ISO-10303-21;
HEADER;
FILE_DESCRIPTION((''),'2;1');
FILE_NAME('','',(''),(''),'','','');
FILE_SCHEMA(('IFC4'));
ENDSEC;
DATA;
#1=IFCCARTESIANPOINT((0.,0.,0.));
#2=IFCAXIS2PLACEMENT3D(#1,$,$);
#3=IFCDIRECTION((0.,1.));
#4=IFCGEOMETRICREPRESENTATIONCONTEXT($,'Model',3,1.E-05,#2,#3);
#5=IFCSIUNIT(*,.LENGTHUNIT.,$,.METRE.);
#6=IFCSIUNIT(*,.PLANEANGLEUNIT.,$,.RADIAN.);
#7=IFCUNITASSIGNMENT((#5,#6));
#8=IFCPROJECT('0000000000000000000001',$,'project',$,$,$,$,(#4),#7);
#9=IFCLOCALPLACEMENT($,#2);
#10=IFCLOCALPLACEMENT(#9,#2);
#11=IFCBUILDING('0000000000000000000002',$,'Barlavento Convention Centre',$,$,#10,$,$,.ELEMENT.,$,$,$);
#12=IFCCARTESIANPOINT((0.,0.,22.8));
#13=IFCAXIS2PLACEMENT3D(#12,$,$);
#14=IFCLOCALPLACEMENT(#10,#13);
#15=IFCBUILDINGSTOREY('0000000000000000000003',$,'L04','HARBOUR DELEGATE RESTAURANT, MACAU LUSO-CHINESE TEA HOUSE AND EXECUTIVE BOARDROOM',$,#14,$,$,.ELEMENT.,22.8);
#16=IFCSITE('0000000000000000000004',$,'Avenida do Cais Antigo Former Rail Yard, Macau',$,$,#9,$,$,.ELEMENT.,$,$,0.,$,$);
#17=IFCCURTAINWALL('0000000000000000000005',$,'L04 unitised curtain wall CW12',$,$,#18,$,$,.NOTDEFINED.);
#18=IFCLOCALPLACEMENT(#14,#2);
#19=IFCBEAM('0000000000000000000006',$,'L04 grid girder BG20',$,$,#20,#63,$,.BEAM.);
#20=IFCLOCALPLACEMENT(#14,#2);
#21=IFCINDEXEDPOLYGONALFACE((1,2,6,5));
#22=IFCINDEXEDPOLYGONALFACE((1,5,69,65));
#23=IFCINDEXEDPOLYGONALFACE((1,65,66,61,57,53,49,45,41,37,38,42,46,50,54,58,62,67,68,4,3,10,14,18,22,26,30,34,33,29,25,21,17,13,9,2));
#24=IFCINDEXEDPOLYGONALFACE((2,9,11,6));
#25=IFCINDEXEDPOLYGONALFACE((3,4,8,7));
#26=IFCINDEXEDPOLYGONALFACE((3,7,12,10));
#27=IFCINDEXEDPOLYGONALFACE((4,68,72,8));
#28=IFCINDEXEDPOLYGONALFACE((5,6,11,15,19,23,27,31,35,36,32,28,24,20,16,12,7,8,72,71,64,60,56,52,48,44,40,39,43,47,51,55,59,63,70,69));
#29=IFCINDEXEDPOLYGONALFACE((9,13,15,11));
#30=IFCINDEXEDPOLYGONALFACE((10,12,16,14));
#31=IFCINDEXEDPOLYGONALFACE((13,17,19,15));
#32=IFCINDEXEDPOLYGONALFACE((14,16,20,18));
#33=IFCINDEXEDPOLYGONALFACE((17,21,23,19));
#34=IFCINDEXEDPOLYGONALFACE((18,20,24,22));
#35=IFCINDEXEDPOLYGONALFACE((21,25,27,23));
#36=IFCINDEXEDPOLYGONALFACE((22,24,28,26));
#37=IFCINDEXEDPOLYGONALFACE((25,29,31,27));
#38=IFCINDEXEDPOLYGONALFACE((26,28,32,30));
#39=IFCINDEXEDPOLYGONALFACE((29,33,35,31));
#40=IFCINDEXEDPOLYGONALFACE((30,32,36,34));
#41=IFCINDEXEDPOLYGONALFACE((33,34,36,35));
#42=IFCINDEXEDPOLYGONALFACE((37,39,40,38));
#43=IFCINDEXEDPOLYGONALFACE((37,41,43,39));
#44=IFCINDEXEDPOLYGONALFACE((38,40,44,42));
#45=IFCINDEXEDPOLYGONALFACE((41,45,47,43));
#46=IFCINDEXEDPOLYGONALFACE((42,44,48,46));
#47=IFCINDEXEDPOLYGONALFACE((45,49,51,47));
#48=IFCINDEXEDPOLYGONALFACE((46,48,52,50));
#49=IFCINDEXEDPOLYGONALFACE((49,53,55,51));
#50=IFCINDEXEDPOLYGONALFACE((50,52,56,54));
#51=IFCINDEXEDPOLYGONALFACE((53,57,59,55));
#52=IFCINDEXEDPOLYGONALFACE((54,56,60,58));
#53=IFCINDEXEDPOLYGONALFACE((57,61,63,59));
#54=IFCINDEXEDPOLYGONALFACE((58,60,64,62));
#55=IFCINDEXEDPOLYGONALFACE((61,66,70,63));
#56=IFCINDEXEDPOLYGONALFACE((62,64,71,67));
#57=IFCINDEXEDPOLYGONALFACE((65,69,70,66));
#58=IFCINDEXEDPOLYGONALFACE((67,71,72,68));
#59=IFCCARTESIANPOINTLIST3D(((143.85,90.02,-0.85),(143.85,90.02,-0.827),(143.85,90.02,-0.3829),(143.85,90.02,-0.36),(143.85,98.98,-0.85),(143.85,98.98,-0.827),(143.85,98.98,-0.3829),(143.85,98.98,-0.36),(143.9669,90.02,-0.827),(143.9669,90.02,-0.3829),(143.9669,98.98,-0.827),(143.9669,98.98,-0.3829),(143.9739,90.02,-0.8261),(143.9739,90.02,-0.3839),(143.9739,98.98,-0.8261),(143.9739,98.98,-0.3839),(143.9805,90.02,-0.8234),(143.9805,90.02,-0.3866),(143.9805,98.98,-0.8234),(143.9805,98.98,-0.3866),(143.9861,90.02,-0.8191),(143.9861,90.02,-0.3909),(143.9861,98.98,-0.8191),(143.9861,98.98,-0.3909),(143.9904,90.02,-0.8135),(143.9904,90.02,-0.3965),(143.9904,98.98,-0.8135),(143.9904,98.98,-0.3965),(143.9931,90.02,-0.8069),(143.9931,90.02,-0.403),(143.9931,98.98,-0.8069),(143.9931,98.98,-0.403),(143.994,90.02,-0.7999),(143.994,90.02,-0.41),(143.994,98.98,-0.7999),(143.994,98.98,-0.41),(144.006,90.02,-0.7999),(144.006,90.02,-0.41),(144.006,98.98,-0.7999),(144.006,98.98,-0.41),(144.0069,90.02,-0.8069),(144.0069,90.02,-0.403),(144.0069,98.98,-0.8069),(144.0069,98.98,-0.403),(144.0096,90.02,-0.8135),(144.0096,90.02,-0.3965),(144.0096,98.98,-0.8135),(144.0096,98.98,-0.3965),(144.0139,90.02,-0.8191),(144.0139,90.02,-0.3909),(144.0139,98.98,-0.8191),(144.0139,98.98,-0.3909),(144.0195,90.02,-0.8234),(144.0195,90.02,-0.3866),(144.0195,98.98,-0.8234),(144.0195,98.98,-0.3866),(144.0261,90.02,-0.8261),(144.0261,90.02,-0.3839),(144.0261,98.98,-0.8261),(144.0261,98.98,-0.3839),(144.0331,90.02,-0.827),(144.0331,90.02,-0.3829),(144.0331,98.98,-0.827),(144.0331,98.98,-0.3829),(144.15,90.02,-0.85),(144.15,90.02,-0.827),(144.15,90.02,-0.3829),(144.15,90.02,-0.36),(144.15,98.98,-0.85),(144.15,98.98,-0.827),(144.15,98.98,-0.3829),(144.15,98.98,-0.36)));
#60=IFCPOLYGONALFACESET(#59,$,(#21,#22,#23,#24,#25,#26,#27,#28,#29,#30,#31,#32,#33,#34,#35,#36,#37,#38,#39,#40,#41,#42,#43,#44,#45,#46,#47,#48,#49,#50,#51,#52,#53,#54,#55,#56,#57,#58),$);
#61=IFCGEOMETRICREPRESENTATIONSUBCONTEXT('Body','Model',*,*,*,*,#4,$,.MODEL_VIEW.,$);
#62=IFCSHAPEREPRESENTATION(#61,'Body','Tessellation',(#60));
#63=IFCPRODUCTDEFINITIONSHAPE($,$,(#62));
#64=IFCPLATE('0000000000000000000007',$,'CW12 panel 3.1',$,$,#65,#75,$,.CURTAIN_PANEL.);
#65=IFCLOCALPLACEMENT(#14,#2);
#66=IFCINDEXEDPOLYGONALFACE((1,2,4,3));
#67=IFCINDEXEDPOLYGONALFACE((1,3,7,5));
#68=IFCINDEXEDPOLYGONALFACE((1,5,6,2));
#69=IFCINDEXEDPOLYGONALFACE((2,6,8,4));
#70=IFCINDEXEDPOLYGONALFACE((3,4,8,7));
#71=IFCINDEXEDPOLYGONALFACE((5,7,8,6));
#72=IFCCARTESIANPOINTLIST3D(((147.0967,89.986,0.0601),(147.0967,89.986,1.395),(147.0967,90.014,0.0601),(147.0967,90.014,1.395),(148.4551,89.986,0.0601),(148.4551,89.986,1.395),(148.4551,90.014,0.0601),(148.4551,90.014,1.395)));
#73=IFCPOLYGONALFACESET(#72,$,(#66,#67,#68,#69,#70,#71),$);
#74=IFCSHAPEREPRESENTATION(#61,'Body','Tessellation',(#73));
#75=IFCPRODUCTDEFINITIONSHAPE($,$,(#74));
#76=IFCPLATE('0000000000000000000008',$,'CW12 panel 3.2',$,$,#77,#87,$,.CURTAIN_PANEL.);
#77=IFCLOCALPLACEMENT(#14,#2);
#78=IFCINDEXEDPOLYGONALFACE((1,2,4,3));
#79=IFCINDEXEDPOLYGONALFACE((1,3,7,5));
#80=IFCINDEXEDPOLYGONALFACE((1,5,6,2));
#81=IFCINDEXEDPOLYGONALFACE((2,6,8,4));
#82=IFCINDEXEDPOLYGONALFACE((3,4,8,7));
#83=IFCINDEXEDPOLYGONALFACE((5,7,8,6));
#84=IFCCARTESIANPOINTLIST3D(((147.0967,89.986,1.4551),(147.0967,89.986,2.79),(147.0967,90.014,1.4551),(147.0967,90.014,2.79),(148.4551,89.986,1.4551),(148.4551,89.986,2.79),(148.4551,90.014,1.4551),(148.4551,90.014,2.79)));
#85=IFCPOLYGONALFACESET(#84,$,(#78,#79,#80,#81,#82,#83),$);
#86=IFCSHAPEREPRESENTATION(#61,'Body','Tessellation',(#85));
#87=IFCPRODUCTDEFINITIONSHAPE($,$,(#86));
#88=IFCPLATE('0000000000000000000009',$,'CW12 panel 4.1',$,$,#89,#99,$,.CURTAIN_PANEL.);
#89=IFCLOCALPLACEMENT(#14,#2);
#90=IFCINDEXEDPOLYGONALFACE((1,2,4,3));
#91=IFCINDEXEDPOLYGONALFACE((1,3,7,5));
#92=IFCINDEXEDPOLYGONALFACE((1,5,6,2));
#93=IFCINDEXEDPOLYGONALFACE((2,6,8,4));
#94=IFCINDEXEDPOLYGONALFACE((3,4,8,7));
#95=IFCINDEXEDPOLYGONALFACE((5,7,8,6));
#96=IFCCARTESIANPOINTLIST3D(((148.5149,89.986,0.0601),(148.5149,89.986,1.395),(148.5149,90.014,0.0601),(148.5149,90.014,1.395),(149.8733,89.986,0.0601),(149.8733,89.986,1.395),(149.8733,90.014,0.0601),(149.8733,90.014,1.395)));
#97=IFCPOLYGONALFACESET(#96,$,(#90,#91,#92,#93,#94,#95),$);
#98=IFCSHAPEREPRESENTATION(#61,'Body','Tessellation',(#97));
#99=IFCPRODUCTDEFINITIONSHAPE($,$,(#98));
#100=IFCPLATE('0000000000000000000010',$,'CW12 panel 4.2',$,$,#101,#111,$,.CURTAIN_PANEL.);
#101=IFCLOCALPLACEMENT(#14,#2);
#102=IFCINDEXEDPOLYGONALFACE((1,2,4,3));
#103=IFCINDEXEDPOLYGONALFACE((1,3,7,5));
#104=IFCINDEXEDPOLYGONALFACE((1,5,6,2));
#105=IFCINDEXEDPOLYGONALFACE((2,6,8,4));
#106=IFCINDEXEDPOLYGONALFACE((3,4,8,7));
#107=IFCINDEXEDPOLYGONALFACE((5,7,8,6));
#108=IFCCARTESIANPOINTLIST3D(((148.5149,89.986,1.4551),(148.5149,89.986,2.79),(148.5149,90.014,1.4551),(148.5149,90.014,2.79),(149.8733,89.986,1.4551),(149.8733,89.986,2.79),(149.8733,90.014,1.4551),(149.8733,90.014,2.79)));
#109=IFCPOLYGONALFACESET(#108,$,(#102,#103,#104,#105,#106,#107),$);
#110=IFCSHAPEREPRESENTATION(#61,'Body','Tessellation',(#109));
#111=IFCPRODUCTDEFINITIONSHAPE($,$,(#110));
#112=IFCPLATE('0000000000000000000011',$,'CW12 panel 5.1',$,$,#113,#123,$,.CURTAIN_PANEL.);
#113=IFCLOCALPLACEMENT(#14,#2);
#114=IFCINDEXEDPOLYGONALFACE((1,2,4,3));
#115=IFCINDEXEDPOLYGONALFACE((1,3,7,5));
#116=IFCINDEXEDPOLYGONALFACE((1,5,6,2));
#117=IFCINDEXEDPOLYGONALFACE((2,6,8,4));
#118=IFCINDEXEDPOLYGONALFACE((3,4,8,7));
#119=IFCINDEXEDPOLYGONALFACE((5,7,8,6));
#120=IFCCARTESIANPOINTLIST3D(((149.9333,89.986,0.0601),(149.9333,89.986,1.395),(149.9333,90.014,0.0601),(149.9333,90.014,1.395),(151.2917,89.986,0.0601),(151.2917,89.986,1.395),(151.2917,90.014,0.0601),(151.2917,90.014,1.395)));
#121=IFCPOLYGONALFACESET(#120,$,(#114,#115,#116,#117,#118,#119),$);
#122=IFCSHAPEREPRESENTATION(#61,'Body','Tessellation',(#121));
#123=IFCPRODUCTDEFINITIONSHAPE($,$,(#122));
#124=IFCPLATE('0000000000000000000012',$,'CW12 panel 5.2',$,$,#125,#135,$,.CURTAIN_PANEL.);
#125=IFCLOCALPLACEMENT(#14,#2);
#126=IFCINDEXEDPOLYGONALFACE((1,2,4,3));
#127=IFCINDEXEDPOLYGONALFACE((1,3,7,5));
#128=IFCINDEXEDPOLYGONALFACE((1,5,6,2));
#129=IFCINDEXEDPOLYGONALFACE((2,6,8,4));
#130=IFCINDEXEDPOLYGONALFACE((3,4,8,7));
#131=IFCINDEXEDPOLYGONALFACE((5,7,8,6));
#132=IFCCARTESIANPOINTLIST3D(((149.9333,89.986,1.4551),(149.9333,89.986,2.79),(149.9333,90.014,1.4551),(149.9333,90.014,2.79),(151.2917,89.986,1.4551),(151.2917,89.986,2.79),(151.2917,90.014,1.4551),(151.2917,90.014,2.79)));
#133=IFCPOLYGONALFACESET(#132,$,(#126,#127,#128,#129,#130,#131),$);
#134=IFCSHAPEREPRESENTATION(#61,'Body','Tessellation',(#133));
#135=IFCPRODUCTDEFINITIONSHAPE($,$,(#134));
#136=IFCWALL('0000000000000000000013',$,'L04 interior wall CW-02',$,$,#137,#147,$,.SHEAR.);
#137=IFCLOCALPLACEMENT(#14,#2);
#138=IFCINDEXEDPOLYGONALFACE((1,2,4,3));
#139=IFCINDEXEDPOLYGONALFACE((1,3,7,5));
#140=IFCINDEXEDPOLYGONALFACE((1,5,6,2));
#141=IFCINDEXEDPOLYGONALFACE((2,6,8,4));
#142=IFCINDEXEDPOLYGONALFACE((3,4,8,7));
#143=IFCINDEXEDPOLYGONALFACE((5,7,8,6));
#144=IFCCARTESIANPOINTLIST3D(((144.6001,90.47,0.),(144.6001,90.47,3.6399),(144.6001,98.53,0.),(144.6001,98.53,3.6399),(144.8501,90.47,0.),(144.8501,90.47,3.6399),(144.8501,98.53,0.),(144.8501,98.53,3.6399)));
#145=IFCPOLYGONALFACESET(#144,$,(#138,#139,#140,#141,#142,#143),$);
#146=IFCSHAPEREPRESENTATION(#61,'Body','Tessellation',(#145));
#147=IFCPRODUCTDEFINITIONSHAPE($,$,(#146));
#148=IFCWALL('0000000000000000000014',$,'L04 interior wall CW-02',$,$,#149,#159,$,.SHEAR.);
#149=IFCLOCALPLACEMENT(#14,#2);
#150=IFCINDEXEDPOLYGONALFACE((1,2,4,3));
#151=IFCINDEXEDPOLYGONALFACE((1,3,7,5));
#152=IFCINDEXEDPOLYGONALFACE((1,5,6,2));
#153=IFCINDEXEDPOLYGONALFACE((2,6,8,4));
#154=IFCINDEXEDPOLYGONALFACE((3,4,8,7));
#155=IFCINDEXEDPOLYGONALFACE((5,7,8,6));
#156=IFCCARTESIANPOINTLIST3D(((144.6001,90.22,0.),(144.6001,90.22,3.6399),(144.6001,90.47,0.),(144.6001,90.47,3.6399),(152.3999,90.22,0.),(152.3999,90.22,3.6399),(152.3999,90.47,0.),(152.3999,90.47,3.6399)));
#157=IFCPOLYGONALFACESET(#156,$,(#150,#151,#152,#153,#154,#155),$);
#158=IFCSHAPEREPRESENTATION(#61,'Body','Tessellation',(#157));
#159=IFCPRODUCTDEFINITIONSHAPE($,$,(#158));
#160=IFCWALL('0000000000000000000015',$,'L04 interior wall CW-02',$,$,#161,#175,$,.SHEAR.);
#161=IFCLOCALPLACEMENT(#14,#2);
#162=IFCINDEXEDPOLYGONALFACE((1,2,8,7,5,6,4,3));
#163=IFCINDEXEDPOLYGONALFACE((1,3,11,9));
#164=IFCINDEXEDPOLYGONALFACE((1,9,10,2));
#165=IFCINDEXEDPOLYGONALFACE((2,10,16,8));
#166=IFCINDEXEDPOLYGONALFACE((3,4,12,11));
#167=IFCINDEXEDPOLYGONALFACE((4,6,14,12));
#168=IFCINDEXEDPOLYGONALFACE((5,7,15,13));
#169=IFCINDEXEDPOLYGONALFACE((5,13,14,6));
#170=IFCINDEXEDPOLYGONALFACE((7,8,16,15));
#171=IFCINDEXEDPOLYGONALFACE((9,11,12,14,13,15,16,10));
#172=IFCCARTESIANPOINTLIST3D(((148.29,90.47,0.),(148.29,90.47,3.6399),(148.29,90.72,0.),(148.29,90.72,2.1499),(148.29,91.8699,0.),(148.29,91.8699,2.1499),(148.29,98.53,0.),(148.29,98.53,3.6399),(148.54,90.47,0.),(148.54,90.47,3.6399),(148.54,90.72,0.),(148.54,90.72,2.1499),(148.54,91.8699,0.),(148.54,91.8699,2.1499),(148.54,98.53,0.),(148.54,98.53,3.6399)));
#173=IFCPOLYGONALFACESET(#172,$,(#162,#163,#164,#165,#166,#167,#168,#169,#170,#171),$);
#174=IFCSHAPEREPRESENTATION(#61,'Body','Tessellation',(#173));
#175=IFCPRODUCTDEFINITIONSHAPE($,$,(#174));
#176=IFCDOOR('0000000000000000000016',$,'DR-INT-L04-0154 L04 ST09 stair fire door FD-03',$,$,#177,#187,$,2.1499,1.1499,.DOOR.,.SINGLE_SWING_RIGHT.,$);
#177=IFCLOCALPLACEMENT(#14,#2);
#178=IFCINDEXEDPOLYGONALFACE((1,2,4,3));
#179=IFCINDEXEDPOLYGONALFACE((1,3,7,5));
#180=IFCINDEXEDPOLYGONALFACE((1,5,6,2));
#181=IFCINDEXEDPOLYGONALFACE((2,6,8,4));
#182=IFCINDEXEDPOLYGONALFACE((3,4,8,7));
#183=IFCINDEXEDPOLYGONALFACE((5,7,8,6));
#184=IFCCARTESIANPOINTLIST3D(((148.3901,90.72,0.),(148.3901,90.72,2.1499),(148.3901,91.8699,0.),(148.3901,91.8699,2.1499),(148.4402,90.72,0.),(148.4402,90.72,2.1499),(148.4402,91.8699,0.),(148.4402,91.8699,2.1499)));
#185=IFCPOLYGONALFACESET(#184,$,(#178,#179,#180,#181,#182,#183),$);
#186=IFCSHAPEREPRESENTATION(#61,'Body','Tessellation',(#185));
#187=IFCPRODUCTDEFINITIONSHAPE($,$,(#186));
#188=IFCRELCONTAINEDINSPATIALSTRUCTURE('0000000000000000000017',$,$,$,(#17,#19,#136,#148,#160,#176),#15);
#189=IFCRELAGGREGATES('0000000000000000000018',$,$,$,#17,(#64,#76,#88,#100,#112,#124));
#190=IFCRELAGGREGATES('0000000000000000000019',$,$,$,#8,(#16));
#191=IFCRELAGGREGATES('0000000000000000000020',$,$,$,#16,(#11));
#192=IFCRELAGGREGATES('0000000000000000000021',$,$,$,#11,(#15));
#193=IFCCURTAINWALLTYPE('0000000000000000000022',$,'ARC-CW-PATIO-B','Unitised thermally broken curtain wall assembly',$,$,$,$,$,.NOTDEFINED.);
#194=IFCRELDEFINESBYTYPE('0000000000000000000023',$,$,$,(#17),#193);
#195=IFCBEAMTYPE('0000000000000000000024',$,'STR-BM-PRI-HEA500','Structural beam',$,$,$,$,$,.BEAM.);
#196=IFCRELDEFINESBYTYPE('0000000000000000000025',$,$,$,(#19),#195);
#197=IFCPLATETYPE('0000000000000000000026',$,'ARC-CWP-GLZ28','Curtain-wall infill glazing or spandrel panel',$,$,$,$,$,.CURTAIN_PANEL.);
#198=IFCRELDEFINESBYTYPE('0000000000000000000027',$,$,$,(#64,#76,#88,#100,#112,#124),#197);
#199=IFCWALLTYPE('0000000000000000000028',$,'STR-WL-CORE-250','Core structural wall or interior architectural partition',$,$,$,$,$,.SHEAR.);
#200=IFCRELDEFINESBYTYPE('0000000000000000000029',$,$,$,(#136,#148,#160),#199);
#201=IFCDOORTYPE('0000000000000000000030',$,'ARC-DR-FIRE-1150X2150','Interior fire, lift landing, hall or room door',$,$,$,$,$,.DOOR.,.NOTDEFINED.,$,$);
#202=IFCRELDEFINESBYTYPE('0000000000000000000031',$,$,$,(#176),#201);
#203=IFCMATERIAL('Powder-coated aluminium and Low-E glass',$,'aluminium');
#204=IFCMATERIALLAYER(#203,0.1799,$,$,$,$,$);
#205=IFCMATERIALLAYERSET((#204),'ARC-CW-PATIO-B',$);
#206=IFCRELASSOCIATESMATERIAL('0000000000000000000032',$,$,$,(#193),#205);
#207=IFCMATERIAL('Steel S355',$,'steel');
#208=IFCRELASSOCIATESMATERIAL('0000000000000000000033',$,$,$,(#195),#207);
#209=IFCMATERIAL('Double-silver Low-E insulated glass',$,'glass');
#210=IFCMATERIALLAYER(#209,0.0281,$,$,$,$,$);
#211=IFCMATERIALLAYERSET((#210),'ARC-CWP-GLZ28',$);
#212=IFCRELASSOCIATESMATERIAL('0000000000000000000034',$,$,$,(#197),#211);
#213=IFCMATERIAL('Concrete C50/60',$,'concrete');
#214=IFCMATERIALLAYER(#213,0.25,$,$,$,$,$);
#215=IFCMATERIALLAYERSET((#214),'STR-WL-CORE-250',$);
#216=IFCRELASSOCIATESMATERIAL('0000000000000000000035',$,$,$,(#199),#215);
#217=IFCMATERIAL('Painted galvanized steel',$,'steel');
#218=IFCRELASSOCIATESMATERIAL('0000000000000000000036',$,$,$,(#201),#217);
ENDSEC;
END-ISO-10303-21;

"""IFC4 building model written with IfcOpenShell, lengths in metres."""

from ifc_helpers import new_model, si_unit, direction, frame, frame_2d, origin, origin_2d, place, context, subcontext, project, spatial, rectangle, i_section, extrude, material, layer, layer_set, material_profile, profile_set, type_object, element, fill, aggregate, save


model = new_model("IFC4")

# Units and contexts
model_context = context("Model", 3, precision=1e-05, world=origin(), true_north=direction((0.0, 1.0)))
body_context = subcontext(model_context, "Body", "Model", "MODEL_VIEW")
ifc_project = project(units=[si_unit("LENGTHUNIT", "METRE"), si_unit("PLANEANGLEUNIT", "RADIAN")], contexts=[model_context])

# Site, building, storey
site_placement = place(None, origin())
site = spatial("IfcSite", under=ifc_project, at=site_placement, Name="Avenida do Cais Antigo Former Rail Yard, Macau", CompositionType="ELEMENT", RefElevation=0.0)
building_placement = place(site_placement, origin())
building = spatial("IfcBuilding", under=site, at=building_placement, Name="Barlavento Convention Centre", CompositionType="ELEMENT")
storey_placement = place(building_placement, frame((0.0, 0.0, 22.8)))
storey = spatial("IfcBuildingStorey", under=building, at=storey_placement, Name="L04", Description="HARBOUR DELEGATE RESTAURANT, MACAU LUSO-CHINESE TEA HOUSE AND EXECUTIVE BOARDROOM", CompositionType="ELEMENT", Elevation=22.8)

# Curtain wall
ifc_material_1 = material(Name="Powder-coated aluminium and Low-E glass", Category="aluminium")
ifc_layer_1 = layer(ifc_material_1, 0.1799)
ifc_layer_set_1 = layer_set([ifc_layer_1], Name="ARC-CW-PATIO-B")
curtain_wall_type = type_object("IfcCurtainWallType", Name="ARC-CW-PATIO-B", Description="Unitised thermally broken curtain wall assembly", PredefinedType="NOTDEFINED", material=ifc_layer_set_1)
curtain_wall_placement = place(storey_placement, origin())
curtain_wall = element("IfcCurtainWall", 1, at=curtain_wall_placement, inside=storey, type_object=curtain_wall_type, Name="L04 unitised curtain wall CW12", PredefinedType="NOTDEFINED")

# Beam
ifc_material_2 = material(Name="Steel S355", Category="steel")
ifc_material_profile_1 = material_profile(ifc_material_2, i_section(OverallWidth=0.3, OverallDepth=0.49, WebThickness=0.012, FlangeThickness=0.0229, FilletRadius=0.0271, at=origin_2d()), Name="HEA 500")
ifc_profile_set_1 = profile_set([ifc_material_profile_1], Name="Steel S355")
beam_type = type_object("IfcBeamType", Name="STR-BM-PRI-HEA500", Description="Structural beam", PredefinedType="BEAM", material=ifc_profile_set_1)
beam_placement = place(storey_placement, frame((144.0, 90.02, -0.605), z_axis=(0.0, 1.0, 0.0), x_axis=(-1.0, 0.0, 0.0)))
element("IfcBeam", 2, at=beam_placement, inside=storey, type_object=beam_type, Name="L04 grid girder BG20", PredefinedType="BEAM", context=body_context, shape_type="SweptSolid", body=[
    extrude(i_section(OverallWidth=0.3, OverallDepth=0.49, WebThickness=0.012, FlangeThickness=0.0229, FilletRadius=0.0271, at=origin_2d()), origin(), (0.0, 0.0, 1.0), 8.96),
])

# Plates
ifc_material_3 = material(Name="Double-silver Low-E insulated glass", Category="glass")
ifc_layer_2 = layer(ifc_material_3, 0.0281)
ifc_layer_set_2 = layer_set([ifc_layer_2], Name="ARC-CWP-GLZ28")
plate_type = type_object("IfcPlateType", Name="ARC-CWP-GLZ28", Description="Curtain-wall infill glazing or spandrel panel", PredefinedType="CURTAIN_PANEL", material=ifc_layer_set_2)
plate_1_placement = place(storey_placement, frame((147.7759, 90.0, 0.0601), z_axis=(0.0, 0.0, 1.0), x_axis=(1.0, 0.0, 0.0)))
plate_1 = element("IfcPlate", 3, at=plate_1_placement, type_object=plate_type, Name="CW12 panel 3.1", PredefinedType="CURTAIN_PANEL", context=body_context, shape_type="SweptSolid", body=[
    extrude(rectangle(XDim=1.3584, YDim=0.0281, at=origin_2d()), origin(), (0.0, 0.0, 1.0), 1.335),
])
plate_2_placement = place(storey_placement, frame((147.7759, 90.0, 1.4551), z_axis=(0.0, 0.0, 1.0), x_axis=(1.0, 0.0, 0.0)))
plate_2 = element("IfcPlate", 4, at=plate_2_placement, type_object=plate_type, Name="CW12 panel 3.2", PredefinedType="CURTAIN_PANEL", context=body_context, shape_type="SweptSolid", body=[
    extrude(rectangle(XDim=1.3584, YDim=0.0281, at=origin_2d()), origin(), (0.0, 0.0, 1.0), 1.335),
])
plate_3_placement = place(storey_placement, frame((149.1941, 90.0, 0.0601), z_axis=(0.0, 0.0, 1.0), x_axis=(1.0, 0.0, 0.0)))
plate_3 = element("IfcPlate", 5, at=plate_3_placement, type_object=plate_type, Name="CW12 panel 4.1", PredefinedType="CURTAIN_PANEL", context=body_context, shape_type="SweptSolid", body=[
    extrude(rectangle(XDim=1.3584, YDim=0.0281, at=origin_2d()), origin(), (0.0, 0.0, 1.0), 1.335),
])
plate_4_placement = place(storey_placement, frame((149.1941, 90.0, 1.4551), z_axis=(0.0, 0.0, 1.0), x_axis=(1.0, 0.0, 0.0)))
plate_4 = element("IfcPlate", 6, at=plate_4_placement, type_object=plate_type, Name="CW12 panel 4.2", PredefinedType="CURTAIN_PANEL", context=body_context, shape_type="SweptSolid", body=[
    extrude(rectangle(XDim=1.3584, YDim=0.0281, at=origin_2d()), origin(), (0.0, 0.0, 1.0), 1.335),
])
plate_5_placement = place(storey_placement, frame((150.6125, 90.0, 0.0601), z_axis=(0.0, 0.0, 1.0), x_axis=(1.0, 0.0, 0.0)))
plate_5 = element("IfcPlate", 7, at=plate_5_placement, type_object=plate_type, Name="CW12 panel 5.1", PredefinedType="CURTAIN_PANEL", context=body_context, shape_type="SweptSolid", body=[
    extrude(rectangle(XDim=1.3584, YDim=0.0281, at=origin_2d()), origin(), (0.0, 0.0, 1.0), 1.335),
])
plate_6_placement = place(storey_placement, frame((150.6125, 90.0, 1.4551), z_axis=(0.0, 0.0, 1.0), x_axis=(1.0, 0.0, 0.0)))
plate_6 = element("IfcPlate", 8, at=plate_6_placement, type_object=plate_type, Name="CW12 panel 5.2", PredefinedType="CURTAIN_PANEL", context=body_context, shape_type="SweptSolid", body=[
    extrude(rectangle(XDim=1.3584, YDim=0.0281, at=origin_2d()), origin(), (0.0, 0.0, 1.0), 1.335),
])
aggregate(curtain_wall, [plate_1, plate_2, plate_3, plate_4, plate_5, plate_6])

# Walls
ifc_material_4 = material(Name="Concrete C50/60", Category="concrete")
ifc_layer_3 = layer(ifc_material_4, 0.25)
ifc_layer_set_3 = layer_set([ifc_layer_3], Name="STR-WL-CORE-250")
wall_type = type_object("IfcWallType", Name="STR-WL-CORE-250", Description="Core structural wall or interior architectural partition", PredefinedType="SHEAR", material=ifc_layer_set_3)
wall_1_placement = place(storey_placement, frame((144.7251, 90.47, 0.0), z_axis=(0.0, 0.0, 1.0), x_axis=(0.0, 1.0, 0.0)))
element("IfcWall", 9, at=wall_1_placement, inside=storey, type_object=wall_type, Name="L04 interior wall CW-02", PredefinedType="SHEAR", context=body_context, shape_type="SweptSolid", body=[
    extrude(rectangle(XDim=8.0601, YDim=0.25, at=frame_2d((4.03, 0.0))), origin(), (0.0, 0.0, 1.0), 3.6399),
])
wall_2_placement = place(storey_placement, frame((144.6001, 90.345, 0.0), z_axis=(0.0, 0.0, 1.0), x_axis=(1.0, 0.0, 0.0)))
element("IfcWall", 10, at=wall_2_placement, inside=storey, type_object=wall_type, Name="L04 interior wall CW-02", PredefinedType="SHEAR", context=body_context, shape_type="SweptSolid", body=[
    extrude(rectangle(XDim=7.7998, YDim=0.25, at=frame_2d((3.8999, 0.0))), origin(), (0.0, 0.0, 1.0), 3.6399),
])

# Wall, opening, door
wall_3_placement = place(storey_placement, frame((148.415, 90.47, 0.0), z_axis=(0.0, 0.0, 1.0), x_axis=(0.0, 1.0, 0.0)))
wall_3 = element("IfcWall", 11, at=wall_3_placement, inside=storey, type_object=wall_type, Name="L04 interior wall CW-02", PredefinedType="SHEAR", context=body_context, shape_type="SweptSolid", body=[
    extrude(rectangle(XDim=8.0601, YDim=0.25, at=frame_2d((4.03, 0.0))), origin(), (0.0, 0.0, 1.0), 3.6399),
])
opening_placement = place(wall_3_placement, frame((0.25, 0.0, 0.0)))
opening = element("IfcOpeningElement", 12, at=opening_placement, cuts=wall_3, PredefinedType="OPENING", context=body_context, shape_type="SweptSolid", body=[
    extrude(rectangle(XDim=1.1499, YDim=2.1499, at=frame_2d((0.575, 1.075))), frame((0.0, 0.135, 0.0), z_axis=(0.0, -1.0, 0.0), x_axis=(1.0, 0.0, 0.0)), (0.0, 0.0, 1.0), 0.27),
])
ifc_material_5 = material(Name="Painted galvanized steel", Category="steel")
door_type = type_object("IfcDoorType", Name="ARC-DR-FIRE-1150X2150", Description="Interior fire, lift landing, hall or room door", OperationType="NOTDEFINED", PredefinedType="DOOR", material=ifc_material_5)
door_placement = place(opening_placement, origin())
door = element("IfcDoor", 13, at=door_placement, inside=storey, type_object=door_type, Name="DR-INT-L04-0154 L04 ST09 stair fire door FD-03", OperationType="SINGLE_SWING_RIGHT", OverallHeight=2.1499, OverallWidth=1.1499, PredefinedType="DOOR", context=body_context, shape_type="SweptSolid", body=[
    extrude(rectangle(XDim=1.1499, YDim=2.1499, at=frame_2d((0.575, 1.075))), frame((0.0, 0.0249, 0.0), z_axis=(0.0, -1.0, 0.0), x_axis=(1.0, 0.0, 0.0)), (0.0, 0.0, 1.0), 0.05),
])
fill(opening, door)

save(model, "model.ifc")
